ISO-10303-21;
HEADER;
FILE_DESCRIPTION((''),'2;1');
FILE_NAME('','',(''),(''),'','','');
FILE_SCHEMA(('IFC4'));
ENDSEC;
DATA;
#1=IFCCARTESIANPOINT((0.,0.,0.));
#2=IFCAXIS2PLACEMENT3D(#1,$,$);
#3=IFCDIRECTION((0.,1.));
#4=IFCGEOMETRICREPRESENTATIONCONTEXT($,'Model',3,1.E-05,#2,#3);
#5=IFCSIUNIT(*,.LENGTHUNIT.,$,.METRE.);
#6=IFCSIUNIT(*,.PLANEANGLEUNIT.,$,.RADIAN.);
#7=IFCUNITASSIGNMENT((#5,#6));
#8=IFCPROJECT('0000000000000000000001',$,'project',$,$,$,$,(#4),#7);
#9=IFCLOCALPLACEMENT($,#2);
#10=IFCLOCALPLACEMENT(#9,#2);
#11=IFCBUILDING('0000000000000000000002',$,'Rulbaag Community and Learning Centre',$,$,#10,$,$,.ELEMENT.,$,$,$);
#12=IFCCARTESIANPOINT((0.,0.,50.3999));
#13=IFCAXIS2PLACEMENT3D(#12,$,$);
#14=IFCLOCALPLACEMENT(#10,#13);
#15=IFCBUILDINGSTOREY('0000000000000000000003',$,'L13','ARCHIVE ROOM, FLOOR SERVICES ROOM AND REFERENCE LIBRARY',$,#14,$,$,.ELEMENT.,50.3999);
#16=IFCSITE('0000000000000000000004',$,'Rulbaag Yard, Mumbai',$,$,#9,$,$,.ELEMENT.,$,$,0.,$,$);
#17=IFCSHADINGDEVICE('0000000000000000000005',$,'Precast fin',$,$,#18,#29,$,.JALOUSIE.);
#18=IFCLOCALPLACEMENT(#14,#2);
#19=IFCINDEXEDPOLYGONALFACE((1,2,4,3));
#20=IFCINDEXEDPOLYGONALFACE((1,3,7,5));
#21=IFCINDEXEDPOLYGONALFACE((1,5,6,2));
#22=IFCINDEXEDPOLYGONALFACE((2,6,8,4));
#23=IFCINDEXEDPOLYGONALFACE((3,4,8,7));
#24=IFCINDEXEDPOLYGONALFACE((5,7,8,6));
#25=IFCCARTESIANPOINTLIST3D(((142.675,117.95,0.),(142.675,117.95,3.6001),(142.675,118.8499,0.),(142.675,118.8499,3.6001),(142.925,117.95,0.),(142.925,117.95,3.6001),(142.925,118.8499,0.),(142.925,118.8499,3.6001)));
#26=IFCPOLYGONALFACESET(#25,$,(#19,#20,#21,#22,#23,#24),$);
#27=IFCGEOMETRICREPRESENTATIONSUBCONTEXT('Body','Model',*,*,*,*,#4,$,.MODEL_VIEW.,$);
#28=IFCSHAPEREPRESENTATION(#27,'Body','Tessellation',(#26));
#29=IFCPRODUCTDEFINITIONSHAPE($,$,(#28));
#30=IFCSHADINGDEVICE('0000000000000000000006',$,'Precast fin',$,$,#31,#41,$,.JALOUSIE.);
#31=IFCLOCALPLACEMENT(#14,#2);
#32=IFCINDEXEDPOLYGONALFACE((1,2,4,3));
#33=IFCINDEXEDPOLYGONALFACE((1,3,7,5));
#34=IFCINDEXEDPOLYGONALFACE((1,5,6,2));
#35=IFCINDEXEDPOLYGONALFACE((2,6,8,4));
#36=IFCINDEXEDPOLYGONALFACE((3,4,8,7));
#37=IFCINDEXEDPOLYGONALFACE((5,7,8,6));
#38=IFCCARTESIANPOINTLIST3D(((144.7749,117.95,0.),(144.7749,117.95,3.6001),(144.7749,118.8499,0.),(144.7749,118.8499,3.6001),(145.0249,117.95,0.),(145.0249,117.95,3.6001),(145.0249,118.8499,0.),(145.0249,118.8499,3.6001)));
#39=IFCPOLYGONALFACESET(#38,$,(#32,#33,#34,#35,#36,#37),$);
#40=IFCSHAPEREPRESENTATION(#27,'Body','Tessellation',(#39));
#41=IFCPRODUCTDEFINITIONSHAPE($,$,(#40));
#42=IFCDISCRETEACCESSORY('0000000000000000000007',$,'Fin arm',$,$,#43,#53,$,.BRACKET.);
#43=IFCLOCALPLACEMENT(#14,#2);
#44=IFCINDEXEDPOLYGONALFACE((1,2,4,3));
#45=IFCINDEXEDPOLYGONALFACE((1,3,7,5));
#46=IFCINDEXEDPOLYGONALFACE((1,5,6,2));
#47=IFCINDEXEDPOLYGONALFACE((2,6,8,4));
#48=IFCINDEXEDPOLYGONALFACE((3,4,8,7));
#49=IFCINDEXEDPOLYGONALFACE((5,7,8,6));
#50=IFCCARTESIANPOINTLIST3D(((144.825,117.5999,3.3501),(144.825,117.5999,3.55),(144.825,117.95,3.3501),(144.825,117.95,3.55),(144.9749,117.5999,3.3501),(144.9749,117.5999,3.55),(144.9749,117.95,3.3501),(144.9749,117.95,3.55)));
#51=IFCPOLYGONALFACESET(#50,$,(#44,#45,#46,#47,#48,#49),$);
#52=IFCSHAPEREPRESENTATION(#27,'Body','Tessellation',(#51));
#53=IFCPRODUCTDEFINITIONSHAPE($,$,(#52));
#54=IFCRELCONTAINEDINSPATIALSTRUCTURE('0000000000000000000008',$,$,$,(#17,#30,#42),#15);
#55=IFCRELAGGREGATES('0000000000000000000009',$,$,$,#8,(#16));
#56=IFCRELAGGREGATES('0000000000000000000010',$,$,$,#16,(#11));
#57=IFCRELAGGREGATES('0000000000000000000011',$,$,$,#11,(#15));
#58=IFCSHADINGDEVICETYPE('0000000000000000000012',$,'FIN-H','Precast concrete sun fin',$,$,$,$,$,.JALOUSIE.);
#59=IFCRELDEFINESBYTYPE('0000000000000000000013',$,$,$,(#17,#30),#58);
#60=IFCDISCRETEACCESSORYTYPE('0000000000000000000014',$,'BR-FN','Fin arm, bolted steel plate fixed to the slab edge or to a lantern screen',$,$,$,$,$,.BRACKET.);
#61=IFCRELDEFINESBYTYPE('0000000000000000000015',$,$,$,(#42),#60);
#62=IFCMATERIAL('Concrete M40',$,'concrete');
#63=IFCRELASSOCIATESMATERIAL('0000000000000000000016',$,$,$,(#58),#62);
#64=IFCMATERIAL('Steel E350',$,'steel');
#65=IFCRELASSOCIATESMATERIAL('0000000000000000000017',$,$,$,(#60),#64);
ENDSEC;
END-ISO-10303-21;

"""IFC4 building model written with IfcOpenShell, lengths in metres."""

from ifc_helpers import new_model, si_unit, direction, frame, origin, origin_2d, place, context, subcontext, project, spatial, rectangle, extrude, material, material_profile, profile_set, type_object, element, save


model = new_model("IFC4")

# Units and contexts
model_context = context("Model", 3, precision=1e-05, world=origin(), true_north=direction((0.0, 1.0)))
body_context = subcontext(model_context, "Body", "Model", "MODEL_VIEW")
ifc_project = project(units=[si_unit("LENGTHUNIT", "METRE"), si_unit("PLANEANGLEUNIT", "RADIAN")], contexts=[model_context])

# Site, building, storey
site_placement = place(None, origin())
site = spatial("IfcSite", under=ifc_project, at=site_placement, Name="Rulbaag Yard, Mumbai", CompositionType="ELEMENT", RefElevation=0.0)
building_placement = place(site_placement, origin())
building = spatial("IfcBuilding", under=site, at=building_placement, Name="Rulbaag Community and Learning Centre", CompositionType="ELEMENT")
storey_placement = place(building_placement, frame((0.0, 0.0, 50.3999)))
storey = spatial("IfcBuildingStorey", under=building, at=storey_placement, Name="L13", Description="ARCHIVE ROOM, FLOOR SERVICES ROOM AND REFERENCE LIBRARY", CompositionType="ELEMENT", Elevation=50.3999)

# Shared definitions
ifc_material_1 = material(Name="Concrete M40", Category="concrete")

# Shading devices
ifc_material_profile_1 = material_profile(ifc_material_1, rectangle(XDim=0.25, YDim=0.8999, at=origin_2d()), Name="PC 250x900")
ifc_profile_set_1 = profile_set([ifc_material_profile_1], Name="Concrete M40")
shading_device_type = type_object("IfcShadingDeviceType", Name="FIN-H", Description="Precast concrete sun fin", PredefinedType="JALOUSIE", material=ifc_profile_set_1)
for number, where, z_axis, x_axis, name in (
    (1, (142.8, 118.3999, 0.0), (0.0, 0.0, 1.0), (1.0, 0.0, 0.0), "Precast fin"),
    (2, (144.8999, 118.3999, 0.0), (0.0, 0.0, 1.0), (1.0, 0.0, 0.0), "Precast fin"),
):
    element("IfcShadingDevice", number, at=place(storey_placement, frame(where, z_axis=z_axis, x_axis=x_axis)), inside=storey, type_object=shading_device_type, Name=name, PredefinedType="JALOUSIE", context=body_context, shape_type="SweptSolid", body=[
        extrude(rectangle(XDim=0.25, YDim=0.8999, at=origin_2d()), origin(), (0.0, 0.0, 1.0), 3.6001),
    ])

# Discrete accessory
ifc_material_2 = material(Name="Steel E350", Category="steel")
discrete_accessory_type = type_object("IfcDiscreteAccessoryType", Name="BR-FN", Description="Fin arm, bolted steel plate fixed to the slab edge or to a lantern screen", PredefinedType="BRACKET", material=ifc_material_2)
discrete_accessory_placement = place(storey_placement, frame((144.8999, 117.7749, 3.3501), z_axis=(0.0, 0.0, 1.0), x_axis=(1.0, 0.0, 0.0)))
element("IfcDiscreteAccessory", 3, at=discrete_accessory_placement, inside=storey, type_object=discrete_accessory_type, Name="Fin arm", PredefinedType="BRACKET", context=body_context, shape_type="SweptSolid", body=[
    extrude(rectangle(XDim=0.1499, YDim=0.3501, at=origin_2d()), origin(), (0.0, 0.0, 1.0), 0.2),
])

save(model, "model.ifc")
